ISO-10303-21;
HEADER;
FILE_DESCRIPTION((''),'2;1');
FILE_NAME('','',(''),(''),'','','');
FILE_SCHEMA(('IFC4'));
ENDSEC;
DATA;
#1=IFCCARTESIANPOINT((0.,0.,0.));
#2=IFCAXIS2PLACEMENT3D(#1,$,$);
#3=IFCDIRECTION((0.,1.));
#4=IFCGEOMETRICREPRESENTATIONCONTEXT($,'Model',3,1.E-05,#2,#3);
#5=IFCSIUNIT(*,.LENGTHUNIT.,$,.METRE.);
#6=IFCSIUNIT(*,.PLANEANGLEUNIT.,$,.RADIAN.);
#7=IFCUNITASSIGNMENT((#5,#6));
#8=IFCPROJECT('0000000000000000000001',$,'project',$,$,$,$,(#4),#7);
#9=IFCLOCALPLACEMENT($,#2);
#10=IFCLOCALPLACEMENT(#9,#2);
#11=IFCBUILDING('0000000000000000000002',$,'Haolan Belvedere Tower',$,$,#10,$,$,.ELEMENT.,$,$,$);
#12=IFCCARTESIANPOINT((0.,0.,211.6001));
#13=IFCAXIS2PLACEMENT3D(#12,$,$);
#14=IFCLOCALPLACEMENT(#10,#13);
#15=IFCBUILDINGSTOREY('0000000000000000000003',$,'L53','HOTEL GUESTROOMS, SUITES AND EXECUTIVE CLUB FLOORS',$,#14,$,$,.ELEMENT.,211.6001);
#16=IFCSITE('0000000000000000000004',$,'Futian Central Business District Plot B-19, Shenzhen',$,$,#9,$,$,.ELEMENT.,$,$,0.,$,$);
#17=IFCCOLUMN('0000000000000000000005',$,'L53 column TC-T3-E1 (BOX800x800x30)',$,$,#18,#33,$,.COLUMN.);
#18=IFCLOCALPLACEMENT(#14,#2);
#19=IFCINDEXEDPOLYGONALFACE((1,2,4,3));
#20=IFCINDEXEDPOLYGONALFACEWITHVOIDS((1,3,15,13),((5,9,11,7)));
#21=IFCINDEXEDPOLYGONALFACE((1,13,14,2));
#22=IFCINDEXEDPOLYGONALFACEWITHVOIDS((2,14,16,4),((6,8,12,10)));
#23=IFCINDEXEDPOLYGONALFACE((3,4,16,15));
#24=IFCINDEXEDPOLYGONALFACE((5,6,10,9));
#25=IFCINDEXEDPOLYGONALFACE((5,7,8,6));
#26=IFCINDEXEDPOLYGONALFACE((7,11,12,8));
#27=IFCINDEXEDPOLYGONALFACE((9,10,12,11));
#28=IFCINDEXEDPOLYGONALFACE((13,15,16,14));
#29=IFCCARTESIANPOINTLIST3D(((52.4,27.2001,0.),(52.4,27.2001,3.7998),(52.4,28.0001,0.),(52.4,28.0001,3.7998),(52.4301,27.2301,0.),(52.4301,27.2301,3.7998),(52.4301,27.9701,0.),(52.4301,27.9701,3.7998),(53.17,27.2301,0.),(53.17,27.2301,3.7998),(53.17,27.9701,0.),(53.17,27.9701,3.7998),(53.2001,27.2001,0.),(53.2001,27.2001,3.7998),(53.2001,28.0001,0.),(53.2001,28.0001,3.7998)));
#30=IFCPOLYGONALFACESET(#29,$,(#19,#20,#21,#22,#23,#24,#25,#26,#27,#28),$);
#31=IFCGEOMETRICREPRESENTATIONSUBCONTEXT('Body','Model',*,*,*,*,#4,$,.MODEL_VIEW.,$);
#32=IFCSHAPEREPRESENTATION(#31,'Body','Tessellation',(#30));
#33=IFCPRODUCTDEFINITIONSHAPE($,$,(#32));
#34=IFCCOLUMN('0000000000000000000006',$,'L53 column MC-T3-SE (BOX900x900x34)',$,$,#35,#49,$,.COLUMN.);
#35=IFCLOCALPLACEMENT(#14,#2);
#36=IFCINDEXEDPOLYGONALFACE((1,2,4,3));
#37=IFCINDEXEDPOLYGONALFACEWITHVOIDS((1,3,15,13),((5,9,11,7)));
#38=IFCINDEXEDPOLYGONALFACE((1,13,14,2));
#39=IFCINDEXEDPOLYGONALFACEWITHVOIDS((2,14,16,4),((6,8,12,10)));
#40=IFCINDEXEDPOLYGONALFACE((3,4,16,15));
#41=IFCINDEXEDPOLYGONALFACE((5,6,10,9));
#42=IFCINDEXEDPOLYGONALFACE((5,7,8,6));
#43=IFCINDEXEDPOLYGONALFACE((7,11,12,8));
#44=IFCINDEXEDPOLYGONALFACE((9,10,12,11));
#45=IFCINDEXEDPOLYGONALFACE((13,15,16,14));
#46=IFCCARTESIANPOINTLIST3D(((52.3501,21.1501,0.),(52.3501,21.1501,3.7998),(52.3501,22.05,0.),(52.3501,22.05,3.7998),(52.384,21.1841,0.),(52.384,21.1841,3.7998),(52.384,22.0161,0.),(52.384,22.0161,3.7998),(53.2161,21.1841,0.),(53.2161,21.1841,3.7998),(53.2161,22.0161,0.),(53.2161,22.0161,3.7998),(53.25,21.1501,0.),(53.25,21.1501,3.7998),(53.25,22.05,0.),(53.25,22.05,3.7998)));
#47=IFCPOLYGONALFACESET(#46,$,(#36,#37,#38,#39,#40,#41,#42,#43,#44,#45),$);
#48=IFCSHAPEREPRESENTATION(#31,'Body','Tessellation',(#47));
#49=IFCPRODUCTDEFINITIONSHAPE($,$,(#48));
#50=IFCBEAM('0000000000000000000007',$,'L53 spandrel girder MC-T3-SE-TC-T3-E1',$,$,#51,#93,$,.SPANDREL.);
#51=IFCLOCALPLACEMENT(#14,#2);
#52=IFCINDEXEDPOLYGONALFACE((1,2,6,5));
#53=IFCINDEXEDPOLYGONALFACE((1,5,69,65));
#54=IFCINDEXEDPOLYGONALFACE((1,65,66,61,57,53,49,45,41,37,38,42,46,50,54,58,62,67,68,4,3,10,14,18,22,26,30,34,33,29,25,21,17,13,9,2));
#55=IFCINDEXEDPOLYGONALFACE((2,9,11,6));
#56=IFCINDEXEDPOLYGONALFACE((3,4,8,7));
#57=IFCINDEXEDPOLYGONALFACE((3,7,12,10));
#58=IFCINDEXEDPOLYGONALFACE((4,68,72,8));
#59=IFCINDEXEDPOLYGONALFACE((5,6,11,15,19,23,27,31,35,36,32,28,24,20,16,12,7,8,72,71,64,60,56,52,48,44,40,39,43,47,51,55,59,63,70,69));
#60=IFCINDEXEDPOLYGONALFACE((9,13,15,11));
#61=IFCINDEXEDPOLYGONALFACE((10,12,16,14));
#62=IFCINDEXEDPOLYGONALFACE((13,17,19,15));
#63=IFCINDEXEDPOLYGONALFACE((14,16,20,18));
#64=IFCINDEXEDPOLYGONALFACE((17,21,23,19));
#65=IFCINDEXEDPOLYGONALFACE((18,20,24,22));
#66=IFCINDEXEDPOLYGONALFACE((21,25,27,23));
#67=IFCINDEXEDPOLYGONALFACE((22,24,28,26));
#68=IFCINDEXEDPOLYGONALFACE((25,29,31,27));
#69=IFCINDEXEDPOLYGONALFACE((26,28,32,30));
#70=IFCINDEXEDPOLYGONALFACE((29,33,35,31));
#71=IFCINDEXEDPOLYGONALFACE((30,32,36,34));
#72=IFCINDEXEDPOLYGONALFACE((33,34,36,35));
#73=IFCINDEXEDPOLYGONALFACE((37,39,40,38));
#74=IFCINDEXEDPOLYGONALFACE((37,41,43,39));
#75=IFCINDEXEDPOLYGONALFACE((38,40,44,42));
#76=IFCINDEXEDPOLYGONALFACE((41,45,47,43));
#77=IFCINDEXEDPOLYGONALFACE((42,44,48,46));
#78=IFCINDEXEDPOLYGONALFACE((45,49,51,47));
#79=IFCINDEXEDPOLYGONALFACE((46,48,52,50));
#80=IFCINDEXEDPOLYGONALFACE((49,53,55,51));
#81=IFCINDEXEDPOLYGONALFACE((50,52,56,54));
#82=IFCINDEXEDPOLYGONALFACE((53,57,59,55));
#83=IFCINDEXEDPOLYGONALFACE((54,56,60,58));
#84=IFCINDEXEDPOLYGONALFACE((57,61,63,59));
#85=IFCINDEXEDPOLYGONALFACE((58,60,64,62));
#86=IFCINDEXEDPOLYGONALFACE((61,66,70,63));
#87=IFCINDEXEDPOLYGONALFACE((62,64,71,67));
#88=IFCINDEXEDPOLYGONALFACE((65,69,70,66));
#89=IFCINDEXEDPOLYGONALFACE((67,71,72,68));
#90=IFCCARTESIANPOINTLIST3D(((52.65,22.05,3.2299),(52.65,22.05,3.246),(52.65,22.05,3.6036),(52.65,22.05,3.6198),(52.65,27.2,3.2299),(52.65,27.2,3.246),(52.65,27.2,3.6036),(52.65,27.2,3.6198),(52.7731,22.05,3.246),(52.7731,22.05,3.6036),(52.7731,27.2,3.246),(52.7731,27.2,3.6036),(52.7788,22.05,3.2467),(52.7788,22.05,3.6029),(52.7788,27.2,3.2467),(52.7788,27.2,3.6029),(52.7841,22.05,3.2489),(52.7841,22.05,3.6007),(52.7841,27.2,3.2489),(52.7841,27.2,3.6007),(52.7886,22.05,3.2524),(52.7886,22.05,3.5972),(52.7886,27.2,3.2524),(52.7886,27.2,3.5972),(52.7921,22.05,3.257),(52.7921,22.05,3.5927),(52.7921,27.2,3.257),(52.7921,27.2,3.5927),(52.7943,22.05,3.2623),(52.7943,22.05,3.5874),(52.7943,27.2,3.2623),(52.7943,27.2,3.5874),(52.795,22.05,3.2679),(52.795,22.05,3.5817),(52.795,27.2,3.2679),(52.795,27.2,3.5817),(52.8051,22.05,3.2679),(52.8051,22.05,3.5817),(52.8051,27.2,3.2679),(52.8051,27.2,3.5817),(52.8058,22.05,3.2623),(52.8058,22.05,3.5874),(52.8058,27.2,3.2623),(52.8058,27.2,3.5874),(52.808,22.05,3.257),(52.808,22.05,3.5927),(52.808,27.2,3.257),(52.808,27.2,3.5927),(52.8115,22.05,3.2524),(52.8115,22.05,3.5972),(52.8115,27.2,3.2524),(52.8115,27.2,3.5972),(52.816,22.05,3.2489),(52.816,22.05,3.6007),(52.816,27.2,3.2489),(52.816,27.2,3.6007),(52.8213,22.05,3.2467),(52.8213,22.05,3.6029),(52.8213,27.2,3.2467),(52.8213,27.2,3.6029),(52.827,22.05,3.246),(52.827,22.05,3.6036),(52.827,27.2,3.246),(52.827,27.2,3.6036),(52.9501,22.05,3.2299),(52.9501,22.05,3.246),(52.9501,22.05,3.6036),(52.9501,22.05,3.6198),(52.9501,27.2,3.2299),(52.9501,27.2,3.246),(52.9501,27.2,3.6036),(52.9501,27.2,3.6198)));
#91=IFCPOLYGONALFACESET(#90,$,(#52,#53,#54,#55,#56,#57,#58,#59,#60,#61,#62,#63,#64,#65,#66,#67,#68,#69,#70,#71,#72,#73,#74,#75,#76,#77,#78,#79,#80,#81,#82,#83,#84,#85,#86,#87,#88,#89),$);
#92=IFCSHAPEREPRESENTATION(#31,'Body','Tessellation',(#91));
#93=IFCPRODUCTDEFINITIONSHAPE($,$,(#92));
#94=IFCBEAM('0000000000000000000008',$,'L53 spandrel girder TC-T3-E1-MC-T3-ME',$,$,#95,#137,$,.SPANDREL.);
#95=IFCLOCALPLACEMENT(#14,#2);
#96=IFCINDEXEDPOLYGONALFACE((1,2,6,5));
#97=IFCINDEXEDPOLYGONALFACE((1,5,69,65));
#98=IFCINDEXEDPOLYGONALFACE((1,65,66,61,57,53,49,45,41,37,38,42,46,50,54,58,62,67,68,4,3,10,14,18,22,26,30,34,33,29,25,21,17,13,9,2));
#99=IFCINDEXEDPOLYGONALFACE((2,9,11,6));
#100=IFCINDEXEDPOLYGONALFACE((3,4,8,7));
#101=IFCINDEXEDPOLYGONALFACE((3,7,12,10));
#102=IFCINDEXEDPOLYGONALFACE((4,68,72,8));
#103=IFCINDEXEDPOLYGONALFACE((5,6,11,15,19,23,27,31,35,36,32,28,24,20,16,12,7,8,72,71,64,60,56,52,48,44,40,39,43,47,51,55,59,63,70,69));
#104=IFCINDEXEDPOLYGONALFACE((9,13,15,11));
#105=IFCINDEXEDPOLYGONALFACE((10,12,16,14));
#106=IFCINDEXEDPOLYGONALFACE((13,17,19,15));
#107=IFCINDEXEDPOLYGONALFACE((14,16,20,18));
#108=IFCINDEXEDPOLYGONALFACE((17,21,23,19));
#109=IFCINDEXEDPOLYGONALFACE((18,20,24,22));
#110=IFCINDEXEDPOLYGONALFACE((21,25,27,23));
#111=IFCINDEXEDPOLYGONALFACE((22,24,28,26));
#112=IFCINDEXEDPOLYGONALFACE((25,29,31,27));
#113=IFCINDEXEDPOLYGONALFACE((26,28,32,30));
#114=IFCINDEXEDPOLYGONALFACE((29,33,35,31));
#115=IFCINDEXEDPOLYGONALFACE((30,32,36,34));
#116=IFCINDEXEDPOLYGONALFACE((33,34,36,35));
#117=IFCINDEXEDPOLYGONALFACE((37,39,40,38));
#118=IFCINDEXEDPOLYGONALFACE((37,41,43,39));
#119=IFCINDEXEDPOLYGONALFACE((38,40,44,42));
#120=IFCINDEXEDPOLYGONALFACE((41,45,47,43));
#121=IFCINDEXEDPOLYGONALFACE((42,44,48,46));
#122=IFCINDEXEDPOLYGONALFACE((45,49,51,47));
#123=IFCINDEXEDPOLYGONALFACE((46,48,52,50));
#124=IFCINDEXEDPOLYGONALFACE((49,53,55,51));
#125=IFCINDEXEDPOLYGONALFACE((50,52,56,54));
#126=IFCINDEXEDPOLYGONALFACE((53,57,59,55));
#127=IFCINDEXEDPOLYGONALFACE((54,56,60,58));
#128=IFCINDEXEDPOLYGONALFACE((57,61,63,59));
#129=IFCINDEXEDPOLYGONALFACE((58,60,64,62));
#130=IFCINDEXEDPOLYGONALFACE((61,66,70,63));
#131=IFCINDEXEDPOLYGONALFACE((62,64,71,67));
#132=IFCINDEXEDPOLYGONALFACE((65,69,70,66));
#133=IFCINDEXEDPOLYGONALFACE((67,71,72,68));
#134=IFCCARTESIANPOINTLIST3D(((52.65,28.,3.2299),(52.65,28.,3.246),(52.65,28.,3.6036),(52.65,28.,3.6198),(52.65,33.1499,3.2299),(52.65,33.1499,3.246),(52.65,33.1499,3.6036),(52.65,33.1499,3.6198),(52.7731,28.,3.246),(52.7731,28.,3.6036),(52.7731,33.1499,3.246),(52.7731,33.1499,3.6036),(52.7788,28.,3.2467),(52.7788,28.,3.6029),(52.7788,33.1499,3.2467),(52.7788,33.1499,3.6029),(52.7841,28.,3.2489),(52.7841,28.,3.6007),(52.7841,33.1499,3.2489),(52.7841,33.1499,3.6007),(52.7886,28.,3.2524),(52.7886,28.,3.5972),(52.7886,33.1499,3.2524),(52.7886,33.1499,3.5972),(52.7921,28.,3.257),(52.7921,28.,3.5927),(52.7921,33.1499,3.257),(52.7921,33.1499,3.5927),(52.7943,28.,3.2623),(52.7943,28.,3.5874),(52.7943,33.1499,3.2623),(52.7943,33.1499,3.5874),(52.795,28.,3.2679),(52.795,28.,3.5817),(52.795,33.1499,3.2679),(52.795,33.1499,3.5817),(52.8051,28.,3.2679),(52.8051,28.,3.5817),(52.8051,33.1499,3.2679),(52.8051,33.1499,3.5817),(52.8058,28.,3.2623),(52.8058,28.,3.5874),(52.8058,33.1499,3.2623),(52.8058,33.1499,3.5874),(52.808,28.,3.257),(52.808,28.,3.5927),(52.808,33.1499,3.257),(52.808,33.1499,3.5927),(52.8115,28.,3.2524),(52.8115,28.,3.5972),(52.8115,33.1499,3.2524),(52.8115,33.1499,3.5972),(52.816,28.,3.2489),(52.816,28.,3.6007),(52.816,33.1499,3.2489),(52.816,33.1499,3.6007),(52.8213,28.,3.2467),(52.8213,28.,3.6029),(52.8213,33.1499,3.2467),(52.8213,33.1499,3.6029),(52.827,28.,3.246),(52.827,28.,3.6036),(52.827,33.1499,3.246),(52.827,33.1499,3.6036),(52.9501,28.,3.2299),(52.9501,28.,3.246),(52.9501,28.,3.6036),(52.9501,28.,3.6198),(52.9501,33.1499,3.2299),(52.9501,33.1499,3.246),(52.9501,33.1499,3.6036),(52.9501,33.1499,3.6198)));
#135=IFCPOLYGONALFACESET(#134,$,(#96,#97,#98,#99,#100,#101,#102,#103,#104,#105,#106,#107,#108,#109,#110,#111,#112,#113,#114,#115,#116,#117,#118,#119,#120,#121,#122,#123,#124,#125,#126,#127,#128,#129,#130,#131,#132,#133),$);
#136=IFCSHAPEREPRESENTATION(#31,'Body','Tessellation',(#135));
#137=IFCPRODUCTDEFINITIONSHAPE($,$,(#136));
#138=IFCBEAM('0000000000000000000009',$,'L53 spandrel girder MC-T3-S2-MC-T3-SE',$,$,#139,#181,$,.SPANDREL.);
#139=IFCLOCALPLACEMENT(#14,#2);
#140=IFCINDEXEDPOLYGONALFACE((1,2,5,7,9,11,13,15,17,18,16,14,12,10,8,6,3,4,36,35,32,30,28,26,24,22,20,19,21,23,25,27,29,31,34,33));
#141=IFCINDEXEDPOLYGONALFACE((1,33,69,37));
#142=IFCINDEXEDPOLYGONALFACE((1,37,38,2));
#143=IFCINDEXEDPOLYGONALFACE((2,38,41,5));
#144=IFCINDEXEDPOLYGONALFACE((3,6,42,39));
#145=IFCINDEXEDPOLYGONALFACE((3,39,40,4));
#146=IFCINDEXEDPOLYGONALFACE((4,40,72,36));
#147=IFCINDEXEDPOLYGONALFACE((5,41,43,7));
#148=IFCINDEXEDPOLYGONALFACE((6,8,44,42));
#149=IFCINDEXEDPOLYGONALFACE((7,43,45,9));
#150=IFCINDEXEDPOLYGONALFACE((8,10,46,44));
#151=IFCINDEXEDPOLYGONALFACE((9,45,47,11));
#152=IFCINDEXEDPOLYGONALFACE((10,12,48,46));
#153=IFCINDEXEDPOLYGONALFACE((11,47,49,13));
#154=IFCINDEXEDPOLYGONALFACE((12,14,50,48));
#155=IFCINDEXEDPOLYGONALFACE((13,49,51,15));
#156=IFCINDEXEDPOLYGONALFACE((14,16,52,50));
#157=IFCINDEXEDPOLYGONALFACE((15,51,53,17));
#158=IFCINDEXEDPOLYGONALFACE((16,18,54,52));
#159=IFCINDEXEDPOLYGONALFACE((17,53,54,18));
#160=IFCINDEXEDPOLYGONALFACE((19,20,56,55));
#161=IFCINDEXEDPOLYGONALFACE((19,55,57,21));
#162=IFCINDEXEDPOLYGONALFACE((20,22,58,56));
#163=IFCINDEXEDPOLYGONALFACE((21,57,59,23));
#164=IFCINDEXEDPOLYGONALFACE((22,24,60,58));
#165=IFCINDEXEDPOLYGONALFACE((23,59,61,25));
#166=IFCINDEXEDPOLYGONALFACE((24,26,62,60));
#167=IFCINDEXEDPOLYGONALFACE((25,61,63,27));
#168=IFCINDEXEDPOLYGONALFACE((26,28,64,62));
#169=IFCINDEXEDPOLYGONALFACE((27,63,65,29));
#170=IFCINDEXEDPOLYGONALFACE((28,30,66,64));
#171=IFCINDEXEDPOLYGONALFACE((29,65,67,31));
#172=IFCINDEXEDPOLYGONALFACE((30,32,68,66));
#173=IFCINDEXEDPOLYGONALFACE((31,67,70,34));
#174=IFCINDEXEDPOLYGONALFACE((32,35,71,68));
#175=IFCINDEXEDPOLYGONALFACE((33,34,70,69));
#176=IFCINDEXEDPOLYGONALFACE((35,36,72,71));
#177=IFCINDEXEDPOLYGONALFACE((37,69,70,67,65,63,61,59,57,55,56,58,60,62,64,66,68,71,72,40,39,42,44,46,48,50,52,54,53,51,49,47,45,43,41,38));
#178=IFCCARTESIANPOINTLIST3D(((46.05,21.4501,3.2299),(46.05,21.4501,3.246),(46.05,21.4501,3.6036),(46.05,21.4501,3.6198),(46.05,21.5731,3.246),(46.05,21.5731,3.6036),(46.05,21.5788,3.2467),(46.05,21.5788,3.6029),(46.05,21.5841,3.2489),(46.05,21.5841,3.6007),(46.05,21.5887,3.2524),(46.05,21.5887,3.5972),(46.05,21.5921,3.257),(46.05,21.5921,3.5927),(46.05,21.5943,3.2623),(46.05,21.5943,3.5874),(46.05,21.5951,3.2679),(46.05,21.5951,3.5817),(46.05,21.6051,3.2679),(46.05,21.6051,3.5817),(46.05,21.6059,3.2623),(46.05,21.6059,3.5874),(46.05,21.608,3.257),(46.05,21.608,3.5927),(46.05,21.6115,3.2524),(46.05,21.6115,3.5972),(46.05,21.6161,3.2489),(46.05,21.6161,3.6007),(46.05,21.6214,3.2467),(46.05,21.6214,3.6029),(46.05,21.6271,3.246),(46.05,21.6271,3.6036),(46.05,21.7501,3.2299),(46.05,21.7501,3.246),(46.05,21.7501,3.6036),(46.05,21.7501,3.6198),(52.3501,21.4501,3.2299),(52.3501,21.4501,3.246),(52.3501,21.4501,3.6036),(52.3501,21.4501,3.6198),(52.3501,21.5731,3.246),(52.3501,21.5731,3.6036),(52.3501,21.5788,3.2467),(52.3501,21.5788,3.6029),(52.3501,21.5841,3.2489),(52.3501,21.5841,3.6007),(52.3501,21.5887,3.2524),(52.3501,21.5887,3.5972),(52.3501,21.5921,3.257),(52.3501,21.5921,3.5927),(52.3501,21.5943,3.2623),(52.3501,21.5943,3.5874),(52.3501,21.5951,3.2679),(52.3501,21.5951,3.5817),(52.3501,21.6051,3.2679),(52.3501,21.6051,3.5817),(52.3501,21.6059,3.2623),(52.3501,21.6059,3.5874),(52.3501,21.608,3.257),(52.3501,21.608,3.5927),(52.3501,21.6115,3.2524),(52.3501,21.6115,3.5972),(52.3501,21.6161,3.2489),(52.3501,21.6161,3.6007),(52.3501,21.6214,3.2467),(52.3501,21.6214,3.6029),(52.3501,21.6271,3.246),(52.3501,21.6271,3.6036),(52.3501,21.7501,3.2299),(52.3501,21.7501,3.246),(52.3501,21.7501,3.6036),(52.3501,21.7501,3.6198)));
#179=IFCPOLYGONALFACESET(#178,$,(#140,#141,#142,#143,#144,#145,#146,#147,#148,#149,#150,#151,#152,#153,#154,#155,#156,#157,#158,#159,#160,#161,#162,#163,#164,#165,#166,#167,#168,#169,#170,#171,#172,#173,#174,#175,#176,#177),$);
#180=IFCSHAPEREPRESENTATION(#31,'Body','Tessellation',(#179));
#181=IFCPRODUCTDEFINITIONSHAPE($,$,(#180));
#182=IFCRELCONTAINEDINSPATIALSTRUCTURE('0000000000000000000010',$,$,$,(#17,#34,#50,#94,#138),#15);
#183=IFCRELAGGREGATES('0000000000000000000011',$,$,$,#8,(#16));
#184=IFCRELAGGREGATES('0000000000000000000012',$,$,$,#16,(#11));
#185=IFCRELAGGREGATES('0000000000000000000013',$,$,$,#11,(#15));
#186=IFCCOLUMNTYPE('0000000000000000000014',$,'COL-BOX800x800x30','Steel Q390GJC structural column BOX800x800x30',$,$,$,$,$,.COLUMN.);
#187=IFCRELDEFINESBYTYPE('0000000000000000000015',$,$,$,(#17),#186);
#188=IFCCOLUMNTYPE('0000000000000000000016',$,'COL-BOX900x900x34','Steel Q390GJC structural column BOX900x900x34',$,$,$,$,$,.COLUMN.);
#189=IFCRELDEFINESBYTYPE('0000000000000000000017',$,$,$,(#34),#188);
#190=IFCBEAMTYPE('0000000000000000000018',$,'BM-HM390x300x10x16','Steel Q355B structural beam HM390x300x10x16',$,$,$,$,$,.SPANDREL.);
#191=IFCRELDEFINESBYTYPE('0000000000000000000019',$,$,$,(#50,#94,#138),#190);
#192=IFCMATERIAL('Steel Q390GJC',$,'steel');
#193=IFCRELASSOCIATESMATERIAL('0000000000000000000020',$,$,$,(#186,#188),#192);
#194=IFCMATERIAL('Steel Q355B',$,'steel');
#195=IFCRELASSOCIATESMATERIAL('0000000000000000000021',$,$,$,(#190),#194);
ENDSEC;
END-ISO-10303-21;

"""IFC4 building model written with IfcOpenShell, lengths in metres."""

from ifc_helpers import new_model, si_unit, direction, frame, origin, origin_2d, place, context, subcontext, project, spatial, hollow_rectangle, i_section, extrude, material, material_profile, profile_set, type_object, element, save


model = new_model("IFC4")

# Units and contexts
model_context = context("Model", 3, precision=1e-05, world=origin(), true_north=direction((0.0, 1.0)))
body_context = subcontext(model_context, "Body", "Model", "MODEL_VIEW")
ifc_project = project(units=[si_unit("LENGTHUNIT", "METRE"), si_unit("PLANEANGLEUNIT", "RADIAN")], contexts=[model_context])

# Site, building, storey
site_placement = place(None, origin())
site = spatial("IfcSite", under=ifc_project, at=site_placement, Name="Futian Central Business District Plot B-19, Shenzhen", CompositionType="ELEMENT", RefElevation=0.0)
building_placement = place(site_placement, origin())
building = spatial("IfcBuilding", under=site, at=building_placement, Name="Haolan Belvedere Tower", CompositionType="ELEMENT")
storey_placement = place(building_placement, frame((0.0, 0.0, 211.6001)))
storey = spatial("IfcBuildingStorey", under=building, at=storey_placement, Name="L53", Description="HOTEL GUESTROOMS, SUITES AND EXECUTIVE CLUB FLOORS", CompositionType="ELEMENT", Elevation=211.6001)

# Columns
ifc_material_1 = material(Name="Steel Q390GJC", Category="steel")
ifc_material_profile_1 = material_profile(ifc_material_1, hollow_rectangle(XDim=0.8, YDim=0.8, WallThickness=0.03, at=origin_2d()), Name="Steel Q390GJC")
ifc_profile_set_1 = profile_set([ifc_material_profile_1], Name="Steel Q390GJC")
column_type_1 = type_object("IfcColumnType", Name="COL-BOX800x800x30", Description="Steel Q390GJC structural column BOX800x800x30", PredefinedType="COLUMN", material=ifc_profile_set_1)
column_1_placement = place(storey_placement, frame((52.8, 27.6001, 0.0), z_axis=(0.0, 0.0, 1.0), x_axis=(1.0, 0.0, 0.0)))
element("IfcColumn", 1, at=column_1_placement, inside=storey, type_object=column_type_1, Name="L53 column TC-T3-E1 (BOX800x800x30)", PredefinedType="COLUMN", context=body_context, shape_type="SweptSolid", body=[
    extrude(hollow_rectangle(XDim=0.8, YDim=0.8, WallThickness=0.03, at=origin_2d()), origin(), (0.0, 0.0, 1.0), 3.7998),
])
ifc_material_profile_2 = material_profile(ifc_material_1, hollow_rectangle(XDim=0.8999, YDim=0.8999, WallThickness=0.0339, at=origin_2d()), Name="Steel Q390GJC")
ifc_profile_set_2 = profile_set([ifc_material_profile_2], Name="Steel Q390GJC")
column_type_2 = type_object("IfcColumnType", Name="COL-BOX900x900x34", Description="Steel Q390GJC structural column BOX900x900x34", PredefinedType="COLUMN", material=ifc_profile_set_2)
column_2_placement = place(storey_placement, frame((52.8, 21.6001, 0.0), z_axis=(0.0, 0.0, 1.0), x_axis=(1.0, 0.0, 0.0)))
element("IfcColumn", 2, at=column_2_placement, inside=storey, type_object=column_type_2, Name="L53 column MC-T3-SE (BOX900x900x34)", PredefinedType="COLUMN", context=body_context, shape_type="SweptSolid", body=[
    extrude(hollow_rectangle(XDim=0.8999, YDim=0.8999, WallThickness=0.0339, at=origin_2d()), origin(), (0.0, 0.0, 1.0), 3.7998),
])

# Beams
ifc_material_2 = material(Name="Steel Q355B", Category="steel")
ifc_material_profile_3 = material_profile(ifc_material_2, i_section(OverallWidth=0.3, OverallDepth=0.3899, WebThickness=0.01, FlangeThickness=0.0161, FilletRadius=0.022, at=origin_2d()), Name="Steel Q355B")
ifc_profile_set_3 = profile_set([ifc_material_profile_3], Name="Steel Q355B")
beam_type_1 = type_object("IfcBeamType", Name="BM-HM390x300x10x16", Description="Steel Q355B structural beam HM390x300x10x16", PredefinedType="SPANDREL", material=ifc_profile_set_3)
for number, where, z_axis, x_axis, name in (
    (3, (52.8, 22.05, 3.4248), (0.0, 1.0, 0.0), (-1.0, 0.0, 0.0), "L53 spandrel girder MC-T3-SE-TC-T3-E1"),
    (4, (52.8, 28.0, 3.4248), (0.0, 1.0, 0.0), (-1.0, 0.0, 0.0), "L53 spandrel girder TC-T3-E1-MC-T3-ME"),
):
    element("IfcBeam", number, at=place(storey_placement, frame(where, z_axis=z_axis, x_axis=x_axis)), inside=storey, type_object=beam_type_1, Name=name, PredefinedType="SPANDREL", context=body_context, shape_type="SweptSolid", body=[
        extrude(i_section(OverallWidth=0.3, OverallDepth=0.3899, WebThickness=0.01, FlangeThickness=0.0161, FilletRadius=0.022, at=origin_2d()), origin(), (0.0, 0.0, 1.0), 5.1499),
    ])
beam_1_placement = place(storey_placement, frame((46.05, 21.6001, 3.4248), z_axis=(1.0, 0.0, 0.0), x_axis=(0.0, 1.0, 0.0)))
element("IfcBeam", 5, at=beam_1_placement, inside=storey, type_object=beam_type_1, Name="L53 spandrel girder MC-T3-S2-MC-T3-SE", PredefinedType="SPANDREL", context=body_context, shape_type="SweptSolid", body=[
    extrude(i_section(OverallWidth=0.3, OverallDepth=0.3899, WebThickness=0.01, FlangeThickness=0.0161, FilletRadius=0.022, at=origin_2d()), origin(), (0.0, 0.0, 1.0), 6.3),
])

save(model, "model.ifc")
